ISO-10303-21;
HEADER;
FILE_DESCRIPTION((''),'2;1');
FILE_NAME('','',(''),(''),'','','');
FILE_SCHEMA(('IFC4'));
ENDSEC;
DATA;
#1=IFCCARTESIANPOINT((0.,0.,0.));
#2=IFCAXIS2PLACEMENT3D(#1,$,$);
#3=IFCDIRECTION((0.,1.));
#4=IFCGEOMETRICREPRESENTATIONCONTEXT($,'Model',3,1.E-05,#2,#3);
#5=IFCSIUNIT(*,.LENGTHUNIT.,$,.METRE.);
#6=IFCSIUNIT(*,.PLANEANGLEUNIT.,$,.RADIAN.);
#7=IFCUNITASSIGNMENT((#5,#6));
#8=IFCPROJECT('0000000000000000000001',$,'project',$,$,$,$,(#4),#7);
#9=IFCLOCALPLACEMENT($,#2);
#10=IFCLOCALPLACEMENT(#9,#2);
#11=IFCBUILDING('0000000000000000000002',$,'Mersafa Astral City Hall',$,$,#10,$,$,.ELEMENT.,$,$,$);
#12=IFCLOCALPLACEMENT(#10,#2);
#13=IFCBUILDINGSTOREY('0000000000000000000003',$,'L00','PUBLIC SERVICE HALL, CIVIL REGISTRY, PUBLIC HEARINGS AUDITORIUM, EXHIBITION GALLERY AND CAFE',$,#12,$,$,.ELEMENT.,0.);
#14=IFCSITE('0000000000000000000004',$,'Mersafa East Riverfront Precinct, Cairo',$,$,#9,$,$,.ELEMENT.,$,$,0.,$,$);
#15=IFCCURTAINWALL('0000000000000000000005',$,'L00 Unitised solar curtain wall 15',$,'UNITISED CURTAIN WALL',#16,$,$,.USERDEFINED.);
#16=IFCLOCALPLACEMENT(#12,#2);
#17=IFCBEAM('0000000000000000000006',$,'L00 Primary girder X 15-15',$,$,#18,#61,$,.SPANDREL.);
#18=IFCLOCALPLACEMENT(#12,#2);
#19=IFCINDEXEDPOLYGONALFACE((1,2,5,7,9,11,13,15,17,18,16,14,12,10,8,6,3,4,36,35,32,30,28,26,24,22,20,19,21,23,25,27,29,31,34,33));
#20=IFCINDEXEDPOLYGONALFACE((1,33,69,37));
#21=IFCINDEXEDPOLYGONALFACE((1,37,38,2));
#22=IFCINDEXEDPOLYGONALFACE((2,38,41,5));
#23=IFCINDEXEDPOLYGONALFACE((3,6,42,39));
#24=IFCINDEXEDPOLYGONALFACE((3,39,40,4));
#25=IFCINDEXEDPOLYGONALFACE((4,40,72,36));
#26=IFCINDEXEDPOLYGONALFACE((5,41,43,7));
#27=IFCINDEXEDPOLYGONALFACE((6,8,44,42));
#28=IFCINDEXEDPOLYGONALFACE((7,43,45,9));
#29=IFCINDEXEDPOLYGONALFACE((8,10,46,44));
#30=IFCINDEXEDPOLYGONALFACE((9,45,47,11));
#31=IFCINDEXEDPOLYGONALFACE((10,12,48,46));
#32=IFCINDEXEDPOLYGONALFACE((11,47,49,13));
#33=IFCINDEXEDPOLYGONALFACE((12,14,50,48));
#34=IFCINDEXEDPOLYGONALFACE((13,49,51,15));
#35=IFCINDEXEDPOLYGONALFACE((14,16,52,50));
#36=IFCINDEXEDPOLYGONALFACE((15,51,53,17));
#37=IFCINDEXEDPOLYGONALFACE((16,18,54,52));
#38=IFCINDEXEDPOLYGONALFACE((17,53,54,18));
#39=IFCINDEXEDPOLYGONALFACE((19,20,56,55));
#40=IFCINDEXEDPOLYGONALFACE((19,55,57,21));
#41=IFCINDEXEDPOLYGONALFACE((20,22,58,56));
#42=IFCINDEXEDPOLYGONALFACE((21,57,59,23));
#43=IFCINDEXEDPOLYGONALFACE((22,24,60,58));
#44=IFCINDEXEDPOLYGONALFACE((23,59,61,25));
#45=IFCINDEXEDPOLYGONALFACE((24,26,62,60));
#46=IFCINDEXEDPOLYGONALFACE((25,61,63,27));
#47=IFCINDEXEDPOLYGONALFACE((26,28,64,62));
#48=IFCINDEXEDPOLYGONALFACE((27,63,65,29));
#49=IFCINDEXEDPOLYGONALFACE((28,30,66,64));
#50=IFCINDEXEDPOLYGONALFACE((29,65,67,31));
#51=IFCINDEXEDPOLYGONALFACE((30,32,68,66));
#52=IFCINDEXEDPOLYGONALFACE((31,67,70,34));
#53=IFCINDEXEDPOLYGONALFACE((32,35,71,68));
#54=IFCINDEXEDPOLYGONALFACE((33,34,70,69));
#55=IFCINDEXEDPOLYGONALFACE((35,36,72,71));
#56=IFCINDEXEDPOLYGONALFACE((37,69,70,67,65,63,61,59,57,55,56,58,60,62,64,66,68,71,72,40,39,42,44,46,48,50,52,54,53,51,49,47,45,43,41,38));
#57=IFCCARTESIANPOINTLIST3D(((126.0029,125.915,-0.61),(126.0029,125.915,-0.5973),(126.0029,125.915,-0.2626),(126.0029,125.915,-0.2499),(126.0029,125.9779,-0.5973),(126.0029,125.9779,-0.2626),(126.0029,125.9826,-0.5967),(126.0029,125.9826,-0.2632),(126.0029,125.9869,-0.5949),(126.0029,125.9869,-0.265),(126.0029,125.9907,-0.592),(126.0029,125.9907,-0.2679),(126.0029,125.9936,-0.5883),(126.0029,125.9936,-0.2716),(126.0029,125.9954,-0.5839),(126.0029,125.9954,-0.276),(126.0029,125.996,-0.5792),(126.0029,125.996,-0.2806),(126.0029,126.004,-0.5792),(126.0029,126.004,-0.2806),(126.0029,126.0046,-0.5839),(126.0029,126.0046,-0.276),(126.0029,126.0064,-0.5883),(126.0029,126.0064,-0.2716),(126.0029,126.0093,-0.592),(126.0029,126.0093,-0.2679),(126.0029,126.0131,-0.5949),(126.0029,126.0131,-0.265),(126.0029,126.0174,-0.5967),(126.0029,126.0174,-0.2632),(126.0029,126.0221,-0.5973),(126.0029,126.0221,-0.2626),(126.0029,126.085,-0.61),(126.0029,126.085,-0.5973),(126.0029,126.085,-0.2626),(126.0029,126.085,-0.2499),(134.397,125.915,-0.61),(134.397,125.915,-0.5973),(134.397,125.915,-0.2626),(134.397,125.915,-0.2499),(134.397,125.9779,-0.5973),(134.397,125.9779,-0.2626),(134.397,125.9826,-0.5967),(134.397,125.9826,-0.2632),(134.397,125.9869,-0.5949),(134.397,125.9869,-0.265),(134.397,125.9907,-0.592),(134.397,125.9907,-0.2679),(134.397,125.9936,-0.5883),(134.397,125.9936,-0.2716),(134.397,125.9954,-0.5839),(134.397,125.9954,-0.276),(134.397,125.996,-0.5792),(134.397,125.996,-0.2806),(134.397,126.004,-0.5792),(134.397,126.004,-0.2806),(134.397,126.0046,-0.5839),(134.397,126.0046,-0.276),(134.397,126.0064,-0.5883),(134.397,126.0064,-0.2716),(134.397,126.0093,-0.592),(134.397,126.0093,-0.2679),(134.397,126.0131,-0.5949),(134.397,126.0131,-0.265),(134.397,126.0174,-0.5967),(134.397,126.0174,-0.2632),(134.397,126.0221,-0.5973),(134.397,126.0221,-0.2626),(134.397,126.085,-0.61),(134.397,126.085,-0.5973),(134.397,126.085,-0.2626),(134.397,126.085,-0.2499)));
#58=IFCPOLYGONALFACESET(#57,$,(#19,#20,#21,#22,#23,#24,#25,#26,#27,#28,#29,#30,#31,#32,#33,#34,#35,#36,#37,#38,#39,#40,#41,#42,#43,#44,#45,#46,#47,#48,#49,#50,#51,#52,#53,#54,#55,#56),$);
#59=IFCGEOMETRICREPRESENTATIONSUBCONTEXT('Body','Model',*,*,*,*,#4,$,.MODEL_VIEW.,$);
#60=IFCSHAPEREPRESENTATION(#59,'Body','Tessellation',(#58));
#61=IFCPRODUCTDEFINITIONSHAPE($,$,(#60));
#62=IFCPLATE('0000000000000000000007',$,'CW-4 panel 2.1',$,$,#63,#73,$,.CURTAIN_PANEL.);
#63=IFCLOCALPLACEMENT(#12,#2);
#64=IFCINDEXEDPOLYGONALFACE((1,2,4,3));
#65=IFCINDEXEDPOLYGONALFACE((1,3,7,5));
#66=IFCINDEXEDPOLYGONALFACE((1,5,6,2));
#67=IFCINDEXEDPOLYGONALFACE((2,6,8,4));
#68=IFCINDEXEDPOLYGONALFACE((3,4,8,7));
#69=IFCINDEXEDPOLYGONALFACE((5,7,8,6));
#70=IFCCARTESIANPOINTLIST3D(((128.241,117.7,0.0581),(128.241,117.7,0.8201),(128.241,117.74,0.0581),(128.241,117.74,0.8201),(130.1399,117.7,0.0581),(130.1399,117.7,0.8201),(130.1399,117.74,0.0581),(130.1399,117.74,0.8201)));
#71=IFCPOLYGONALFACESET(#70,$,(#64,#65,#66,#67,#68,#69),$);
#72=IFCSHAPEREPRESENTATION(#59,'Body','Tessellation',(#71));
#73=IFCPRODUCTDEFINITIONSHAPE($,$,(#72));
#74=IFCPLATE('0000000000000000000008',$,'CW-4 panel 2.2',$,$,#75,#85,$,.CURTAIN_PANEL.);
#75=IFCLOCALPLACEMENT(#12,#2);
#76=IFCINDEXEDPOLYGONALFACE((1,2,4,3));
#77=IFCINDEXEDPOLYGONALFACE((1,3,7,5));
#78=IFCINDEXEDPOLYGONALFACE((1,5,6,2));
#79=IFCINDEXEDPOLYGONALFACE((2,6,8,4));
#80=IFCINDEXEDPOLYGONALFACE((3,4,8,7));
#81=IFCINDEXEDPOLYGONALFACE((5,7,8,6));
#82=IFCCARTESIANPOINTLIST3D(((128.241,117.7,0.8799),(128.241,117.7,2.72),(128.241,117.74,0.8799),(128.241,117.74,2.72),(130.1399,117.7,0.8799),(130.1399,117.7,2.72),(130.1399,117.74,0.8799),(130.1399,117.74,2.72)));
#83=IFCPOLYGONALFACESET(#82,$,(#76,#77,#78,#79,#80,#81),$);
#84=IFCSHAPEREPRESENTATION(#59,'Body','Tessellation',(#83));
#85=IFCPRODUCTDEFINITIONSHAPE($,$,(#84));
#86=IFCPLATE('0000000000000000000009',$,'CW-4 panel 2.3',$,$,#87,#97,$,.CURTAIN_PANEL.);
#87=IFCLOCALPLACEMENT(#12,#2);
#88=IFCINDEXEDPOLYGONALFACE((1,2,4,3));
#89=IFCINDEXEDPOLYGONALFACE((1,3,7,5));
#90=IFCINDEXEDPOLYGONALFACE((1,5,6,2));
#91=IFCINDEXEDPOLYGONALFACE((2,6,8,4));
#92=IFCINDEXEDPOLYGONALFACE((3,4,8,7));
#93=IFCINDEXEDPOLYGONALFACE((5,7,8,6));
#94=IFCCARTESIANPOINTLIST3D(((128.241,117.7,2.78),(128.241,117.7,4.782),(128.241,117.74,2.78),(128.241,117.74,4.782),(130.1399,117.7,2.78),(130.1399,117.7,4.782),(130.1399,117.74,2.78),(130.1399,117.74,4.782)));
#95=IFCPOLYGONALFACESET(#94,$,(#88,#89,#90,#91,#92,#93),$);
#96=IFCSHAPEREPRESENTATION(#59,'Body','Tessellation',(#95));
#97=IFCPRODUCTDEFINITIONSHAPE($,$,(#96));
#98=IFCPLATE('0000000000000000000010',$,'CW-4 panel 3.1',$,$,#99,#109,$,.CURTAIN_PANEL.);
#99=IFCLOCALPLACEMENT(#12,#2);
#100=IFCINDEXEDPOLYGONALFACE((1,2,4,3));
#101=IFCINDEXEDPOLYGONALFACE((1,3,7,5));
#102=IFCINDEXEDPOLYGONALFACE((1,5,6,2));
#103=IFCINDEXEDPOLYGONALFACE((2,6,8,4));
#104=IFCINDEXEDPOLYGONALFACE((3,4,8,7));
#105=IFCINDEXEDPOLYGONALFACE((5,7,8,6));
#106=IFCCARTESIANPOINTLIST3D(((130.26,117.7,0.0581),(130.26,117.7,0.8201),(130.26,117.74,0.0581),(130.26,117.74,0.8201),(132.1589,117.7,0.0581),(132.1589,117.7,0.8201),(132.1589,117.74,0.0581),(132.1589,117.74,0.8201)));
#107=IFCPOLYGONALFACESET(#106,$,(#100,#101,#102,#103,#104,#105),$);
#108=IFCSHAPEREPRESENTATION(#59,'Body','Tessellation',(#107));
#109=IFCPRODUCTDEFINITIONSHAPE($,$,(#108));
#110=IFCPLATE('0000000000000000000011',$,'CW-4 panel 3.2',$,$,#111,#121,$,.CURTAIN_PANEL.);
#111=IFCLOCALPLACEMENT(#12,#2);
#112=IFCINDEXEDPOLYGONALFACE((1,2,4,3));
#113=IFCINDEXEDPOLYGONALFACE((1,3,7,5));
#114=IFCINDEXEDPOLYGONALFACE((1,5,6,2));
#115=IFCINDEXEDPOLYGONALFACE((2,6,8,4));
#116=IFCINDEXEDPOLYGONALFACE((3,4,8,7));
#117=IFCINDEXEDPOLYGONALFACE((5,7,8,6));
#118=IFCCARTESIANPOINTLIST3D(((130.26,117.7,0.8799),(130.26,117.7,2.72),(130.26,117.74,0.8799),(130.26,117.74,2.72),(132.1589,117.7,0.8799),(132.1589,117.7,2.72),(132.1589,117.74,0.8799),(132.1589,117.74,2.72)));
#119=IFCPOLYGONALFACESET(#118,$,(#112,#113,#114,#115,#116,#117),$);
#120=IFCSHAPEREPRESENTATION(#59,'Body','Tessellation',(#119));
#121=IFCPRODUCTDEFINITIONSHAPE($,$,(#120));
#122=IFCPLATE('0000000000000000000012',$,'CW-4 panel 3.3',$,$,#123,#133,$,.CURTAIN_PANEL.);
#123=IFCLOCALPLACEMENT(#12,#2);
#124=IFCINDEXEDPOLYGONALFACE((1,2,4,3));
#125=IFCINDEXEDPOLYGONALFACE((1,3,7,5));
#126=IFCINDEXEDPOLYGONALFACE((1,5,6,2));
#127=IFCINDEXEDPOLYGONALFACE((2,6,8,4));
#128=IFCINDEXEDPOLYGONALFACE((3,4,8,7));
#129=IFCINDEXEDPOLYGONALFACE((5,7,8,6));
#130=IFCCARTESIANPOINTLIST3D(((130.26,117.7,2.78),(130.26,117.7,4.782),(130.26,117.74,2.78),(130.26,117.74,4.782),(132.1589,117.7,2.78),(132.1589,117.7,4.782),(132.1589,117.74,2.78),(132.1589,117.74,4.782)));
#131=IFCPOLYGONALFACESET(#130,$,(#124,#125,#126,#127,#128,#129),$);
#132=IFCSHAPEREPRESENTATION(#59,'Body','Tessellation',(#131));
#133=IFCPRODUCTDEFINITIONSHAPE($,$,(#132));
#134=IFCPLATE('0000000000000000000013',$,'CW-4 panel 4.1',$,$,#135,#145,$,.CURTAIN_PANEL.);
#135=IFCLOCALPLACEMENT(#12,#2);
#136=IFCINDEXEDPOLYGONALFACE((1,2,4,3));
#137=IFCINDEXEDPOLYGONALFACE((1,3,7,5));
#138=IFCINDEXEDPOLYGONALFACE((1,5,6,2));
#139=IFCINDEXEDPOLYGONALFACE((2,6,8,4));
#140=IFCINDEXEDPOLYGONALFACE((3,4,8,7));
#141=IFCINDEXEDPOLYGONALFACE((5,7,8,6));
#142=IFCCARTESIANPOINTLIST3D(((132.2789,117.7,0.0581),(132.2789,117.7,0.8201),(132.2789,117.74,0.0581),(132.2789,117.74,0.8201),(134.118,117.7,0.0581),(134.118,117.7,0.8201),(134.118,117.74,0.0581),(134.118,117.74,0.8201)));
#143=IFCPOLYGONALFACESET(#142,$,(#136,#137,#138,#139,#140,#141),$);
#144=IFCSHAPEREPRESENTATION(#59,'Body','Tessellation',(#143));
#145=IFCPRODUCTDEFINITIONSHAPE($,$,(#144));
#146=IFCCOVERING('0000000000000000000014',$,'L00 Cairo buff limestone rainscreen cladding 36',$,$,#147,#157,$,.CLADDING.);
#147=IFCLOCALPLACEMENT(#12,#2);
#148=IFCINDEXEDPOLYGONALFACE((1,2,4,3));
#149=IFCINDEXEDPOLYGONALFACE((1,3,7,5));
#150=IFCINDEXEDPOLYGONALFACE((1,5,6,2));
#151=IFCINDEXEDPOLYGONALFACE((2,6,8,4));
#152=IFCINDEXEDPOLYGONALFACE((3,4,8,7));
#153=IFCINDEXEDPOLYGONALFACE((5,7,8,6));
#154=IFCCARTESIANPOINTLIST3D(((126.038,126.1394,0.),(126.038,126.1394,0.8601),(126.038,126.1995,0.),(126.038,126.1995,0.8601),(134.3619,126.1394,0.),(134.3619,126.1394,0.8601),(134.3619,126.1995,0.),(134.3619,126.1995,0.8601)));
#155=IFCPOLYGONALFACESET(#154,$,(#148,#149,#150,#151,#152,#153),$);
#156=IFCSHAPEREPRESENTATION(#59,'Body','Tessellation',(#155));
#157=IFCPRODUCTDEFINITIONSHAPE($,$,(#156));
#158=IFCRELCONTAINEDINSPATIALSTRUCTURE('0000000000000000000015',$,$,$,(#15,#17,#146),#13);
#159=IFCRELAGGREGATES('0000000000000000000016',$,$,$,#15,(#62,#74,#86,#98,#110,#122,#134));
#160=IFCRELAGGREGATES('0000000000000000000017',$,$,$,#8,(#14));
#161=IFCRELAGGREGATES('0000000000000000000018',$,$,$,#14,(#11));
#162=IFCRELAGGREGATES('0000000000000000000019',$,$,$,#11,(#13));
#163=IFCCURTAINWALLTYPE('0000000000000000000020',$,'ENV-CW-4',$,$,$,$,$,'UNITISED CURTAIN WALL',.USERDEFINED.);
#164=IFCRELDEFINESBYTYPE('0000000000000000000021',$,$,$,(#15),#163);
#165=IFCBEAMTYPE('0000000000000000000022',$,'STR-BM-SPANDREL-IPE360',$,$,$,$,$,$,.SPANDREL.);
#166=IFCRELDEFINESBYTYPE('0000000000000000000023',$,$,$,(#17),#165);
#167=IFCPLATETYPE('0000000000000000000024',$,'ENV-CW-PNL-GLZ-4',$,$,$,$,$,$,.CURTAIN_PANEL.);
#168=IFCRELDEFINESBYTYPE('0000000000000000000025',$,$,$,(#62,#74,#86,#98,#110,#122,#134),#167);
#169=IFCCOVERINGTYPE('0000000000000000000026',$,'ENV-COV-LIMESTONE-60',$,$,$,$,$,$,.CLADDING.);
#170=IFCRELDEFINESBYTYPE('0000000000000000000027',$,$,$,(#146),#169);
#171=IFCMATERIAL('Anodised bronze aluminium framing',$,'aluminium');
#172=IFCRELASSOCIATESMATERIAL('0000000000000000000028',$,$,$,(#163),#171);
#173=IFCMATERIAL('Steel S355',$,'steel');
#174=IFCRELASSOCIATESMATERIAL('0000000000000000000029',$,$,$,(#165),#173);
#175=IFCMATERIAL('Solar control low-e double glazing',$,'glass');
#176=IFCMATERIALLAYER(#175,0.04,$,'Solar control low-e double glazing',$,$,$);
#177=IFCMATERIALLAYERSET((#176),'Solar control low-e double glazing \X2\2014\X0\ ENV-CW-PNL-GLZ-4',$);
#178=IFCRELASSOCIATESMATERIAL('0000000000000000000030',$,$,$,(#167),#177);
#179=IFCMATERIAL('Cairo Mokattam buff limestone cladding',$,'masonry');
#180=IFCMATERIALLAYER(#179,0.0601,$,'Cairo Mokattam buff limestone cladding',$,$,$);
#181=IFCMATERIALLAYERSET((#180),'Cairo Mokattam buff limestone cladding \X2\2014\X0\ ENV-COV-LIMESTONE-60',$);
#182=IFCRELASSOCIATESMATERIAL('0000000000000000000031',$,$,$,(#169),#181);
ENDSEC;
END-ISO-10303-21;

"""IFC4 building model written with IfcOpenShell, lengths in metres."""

from ifc_helpers import new_model, si_unit, direction, frame, origin, origin_2d, place, context, subcontext, project, spatial, rectangle, i_section, extrude, material, layer, layer_set, material_profile, profile_set, type_object, element, aggregate, save


model = new_model("IFC4")

# Units and contexts
model_context = context("Model", 3, precision=1e-05, world=origin(), true_north=direction((0.0, 1.0)))
body_context = subcontext(model_context, "Body", "Model", "MODEL_VIEW")
ifc_project = project(units=[si_unit("LENGTHUNIT", "METRE"), si_unit("PLANEANGLEUNIT", "RADIAN")], contexts=[model_context])

# Site, building, storey
site_placement = place(None, origin())
site = spatial("IfcSite", under=ifc_project, at=site_placement, Name="Mersafa East Riverfront Precinct, Cairo", CompositionType="ELEMENT", RefElevation=0.0)
building_placement = place(site_placement, origin())
building = spatial("IfcBuilding", under=site, at=building_placement, Name="Mersafa Astral City Hall", CompositionType="ELEMENT")
storey_placement = place(building_placement, origin())
storey = spatial("IfcBuildingStorey", under=building, at=storey_placement, Name="L00", Description="PUBLIC SERVICE HALL, CIVIL REGISTRY, PUBLIC HEARINGS AUDITORIUM, EXHIBITION GALLERY AND CAFE", CompositionType="ELEMENT", Elevation=0.0)

# Shared definitions
ifc_material_1 = material(Name="Steel S355", Category="steel")

# Curtain wall
ifc_material_2 = material(Name="Anodised bronze aluminium framing", Category="aluminium")
curtain_wall_type = type_object("IfcCurtainWallType", Name="ENV-CW-4", ElementType="UNITISED CURTAIN WALL", PredefinedType="USERDEFINED", material=ifc_material_2)
curtain_wall_placement = place(storey_placement, origin())
curtain_wall = element("IfcCurtainWall", 1, at=curtain_wall_placement, inside=storey, type_object=curtain_wall_type, Name="L00 Unitised solar curtain wall 15", ObjectType="UNITISED CURTAIN WALL", PredefinedType="USERDEFINED")

# Beam
ifc_material_profile_1 = material_profile(ifc_material_1, i_section(OverallWidth=0.1699, OverallDepth=0.3601, WebThickness=0.0081, FlangeThickness=0.0127, FilletRadius=0.0181, at=origin_2d()), Name="IPE 360")
ifc_profile_set_1 = profile_set([ifc_material_profile_1], Name="Steel S355")
beam_type_1 = type_object("IfcBeamType", Name="STR-BM-SPANDREL-IPE360", PredefinedType="SPANDREL", material=ifc_profile_set_1)
beam_1_placement = place(storey_placement, frame((126.0029, 126.0, -0.4299), z_axis=(1.0, 0.0, 0.0), x_axis=(0.0, 1.0, 0.0)))
element("IfcBeam", 2, at=beam_1_placement, inside=storey, type_object=beam_type_1, Name="L00 Primary girder X 15-15", PredefinedType="SPANDREL", context=body_context, shape_type="SweptSolid", body=[
    extrude(i_section(OverallWidth=0.1699, OverallDepth=0.3601, WebThickness=0.0081, FlangeThickness=0.0127, FilletRadius=0.0181, at=origin_2d()), origin(), (0.0, 0.0, 1.0), 8.394),
])

# Plates
ifc_material_3 = material(Name="Solar control low-e double glazing", Category="glass")
ifc_layer_1 = layer(ifc_material_3, 0.04, Name="Solar control low-e double glazing")
ifc_layer_set_1 = layer_set([ifc_layer_1], Name="Solar control low-e double glazing — ENV-CW-PNL-GLZ-4")
plate_type = type_object("IfcPlateType", Name="ENV-CW-PNL-GLZ-4", PredefinedType="CURTAIN_PANEL", material=ifc_layer_set_1)
plate_1_placement = place(storey_placement, frame((129.1904, 117.72, 0.0581), z_axis=(0.0, 0.0, 1.0), x_axis=(1.0, 0.0, 0.0)))
plate_1 = element("IfcPlate", 3, at=plate_1_placement, type_object=plate_type, Name="CW-4 panel 2.1", PredefinedType="CURTAIN_PANEL", context=body_context, shape_type="SweptSolid", body=[
    extrude(rectangle(XDim=1.8989, YDim=0.04, at=origin_2d()), origin(), (0.0, 0.0, 1.0), 0.762),
])
plate_2_placement = place(storey_placement, frame((129.1904, 117.72, 0.8799), z_axis=(0.0, 0.0, 1.0), x_axis=(1.0, 0.0, 0.0)))
plate_2 = element("IfcPlate", 4, at=plate_2_placement, type_object=plate_type, Name="CW-4 panel 2.2", PredefinedType="CURTAIN_PANEL", context=body_context, shape_type="SweptSolid", body=[
    extrude(rectangle(XDim=1.8989, YDim=0.04, at=origin_2d()), origin(), (0.0, 0.0, 1.0), 1.8401),
])
plate_3_placement = place(storey_placement, frame((129.1904, 117.72, 2.78), z_axis=(0.0, 0.0, 1.0), x_axis=(1.0, 0.0, 0.0)))
plate_3 = element("IfcPlate", 5, at=plate_3_placement, type_object=plate_type, Name="CW-4 panel 2.3", PredefinedType="CURTAIN_PANEL", context=body_context, shape_type="SweptSolid", body=[
    extrude(rectangle(XDim=1.8989, YDim=0.04, at=origin_2d()), origin(), (0.0, 0.0, 1.0), 2.002),
])
plate_4_placement = place(storey_placement, frame((131.2095, 117.72, 0.0581), z_axis=(0.0, 0.0, 1.0), x_axis=(1.0, 0.0, 0.0)))
plate_4 = element("IfcPlate", 6, at=plate_4_placement, type_object=plate_type, Name="CW-4 panel 3.1", PredefinedType="CURTAIN_PANEL", context=body_context, shape_type="SweptSolid", body=[
    extrude(rectangle(XDim=1.8989, YDim=0.04, at=origin_2d()), origin(), (0.0, 0.0, 1.0), 0.762),
])
plate_5_placement = place(storey_placement, frame((131.2095, 117.72, 0.8799), z_axis=(0.0, 0.0, 1.0), x_axis=(1.0, 0.0, 0.0)))
plate_5 = element("IfcPlate", 7, at=plate_5_placement, type_object=plate_type, Name="CW-4 panel 3.2", PredefinedType="CURTAIN_PANEL", context=body_context, shape_type="SweptSolid", body=[
    extrude(rectangle(XDim=1.8989, YDim=0.04, at=origin_2d()), origin(), (0.0, 0.0, 1.0), 1.8401),
])
plate_6_placement = place(storey_placement, frame((131.2095, 117.72, 2.78), z_axis=(0.0, 0.0, 1.0), x_axis=(1.0, 0.0, 0.0)))
plate_6 = element("IfcPlate", 8, at=plate_6_placement, type_object=plate_type, Name="CW-4 panel 3.3", PredefinedType="CURTAIN_PANEL", context=body_context, shape_type="SweptSolid", body=[
    extrude(rectangle(XDim=1.8989, YDim=0.04, at=origin_2d()), origin(), (0.0, 0.0, 1.0), 2.002),
])
plate_7_placement = place(storey_placement, frame((133.1985, 117.72, 0.0581), z_axis=(0.0, 0.0, 1.0), x_axis=(1.0, 0.0, 0.0)))
plate_7 = element("IfcPlate", 9, at=plate_7_placement, type_object=plate_type, Name="CW-4 panel 4.1", PredefinedType="CURTAIN_PANEL", context=body_context, shape_type="SweptSolid", body=[
    extrude(rectangle(XDim=1.8391, YDim=0.04, at=origin_2d()), origin(), (0.0, 0.0, 1.0), 0.762),
])
aggregate(curtain_wall, [plate_1, plate_2, plate_3, plate_4, plate_5, plate_6, plate_7])

# Covering
ifc_material_4 = material(Name="Cairo Mokattam buff limestone cladding", Category="masonry")
ifc_layer_2 = layer(ifc_material_4, 0.0601, Name="Cairo Mokattam buff limestone cladding")
ifc_layer_set_2 = layer_set([ifc_layer_2], Name="Cairo Mokattam buff limestone cladding — ENV-COV-LIMESTONE-60")
covering_type = type_object("IfcCoveringType", Name="ENV-COV-LIMESTONE-60", PredefinedType="CLADDING", material=ifc_layer_set_2)
covering_placement = place(storey_placement, frame((130.2, 126.1694, 0.0), z_axis=(0.0, 0.0, 1.0), x_axis=(-1.0, 0.0, 0.0)))
element("IfcCovering", 10, at=covering_placement, inside=storey, type_object=covering_type, Name="L00 Cairo buff limestone rainscreen cladding 36", PredefinedType="CLADDING", context=body_context, shape_type="SweptSolid", body=[
    extrude(rectangle(XDim=8.324, YDim=0.0601, at=origin_2d()), origin(), (0.0, 0.0, 1.0), 0.8601),
])

save(model, "model.ifc")
